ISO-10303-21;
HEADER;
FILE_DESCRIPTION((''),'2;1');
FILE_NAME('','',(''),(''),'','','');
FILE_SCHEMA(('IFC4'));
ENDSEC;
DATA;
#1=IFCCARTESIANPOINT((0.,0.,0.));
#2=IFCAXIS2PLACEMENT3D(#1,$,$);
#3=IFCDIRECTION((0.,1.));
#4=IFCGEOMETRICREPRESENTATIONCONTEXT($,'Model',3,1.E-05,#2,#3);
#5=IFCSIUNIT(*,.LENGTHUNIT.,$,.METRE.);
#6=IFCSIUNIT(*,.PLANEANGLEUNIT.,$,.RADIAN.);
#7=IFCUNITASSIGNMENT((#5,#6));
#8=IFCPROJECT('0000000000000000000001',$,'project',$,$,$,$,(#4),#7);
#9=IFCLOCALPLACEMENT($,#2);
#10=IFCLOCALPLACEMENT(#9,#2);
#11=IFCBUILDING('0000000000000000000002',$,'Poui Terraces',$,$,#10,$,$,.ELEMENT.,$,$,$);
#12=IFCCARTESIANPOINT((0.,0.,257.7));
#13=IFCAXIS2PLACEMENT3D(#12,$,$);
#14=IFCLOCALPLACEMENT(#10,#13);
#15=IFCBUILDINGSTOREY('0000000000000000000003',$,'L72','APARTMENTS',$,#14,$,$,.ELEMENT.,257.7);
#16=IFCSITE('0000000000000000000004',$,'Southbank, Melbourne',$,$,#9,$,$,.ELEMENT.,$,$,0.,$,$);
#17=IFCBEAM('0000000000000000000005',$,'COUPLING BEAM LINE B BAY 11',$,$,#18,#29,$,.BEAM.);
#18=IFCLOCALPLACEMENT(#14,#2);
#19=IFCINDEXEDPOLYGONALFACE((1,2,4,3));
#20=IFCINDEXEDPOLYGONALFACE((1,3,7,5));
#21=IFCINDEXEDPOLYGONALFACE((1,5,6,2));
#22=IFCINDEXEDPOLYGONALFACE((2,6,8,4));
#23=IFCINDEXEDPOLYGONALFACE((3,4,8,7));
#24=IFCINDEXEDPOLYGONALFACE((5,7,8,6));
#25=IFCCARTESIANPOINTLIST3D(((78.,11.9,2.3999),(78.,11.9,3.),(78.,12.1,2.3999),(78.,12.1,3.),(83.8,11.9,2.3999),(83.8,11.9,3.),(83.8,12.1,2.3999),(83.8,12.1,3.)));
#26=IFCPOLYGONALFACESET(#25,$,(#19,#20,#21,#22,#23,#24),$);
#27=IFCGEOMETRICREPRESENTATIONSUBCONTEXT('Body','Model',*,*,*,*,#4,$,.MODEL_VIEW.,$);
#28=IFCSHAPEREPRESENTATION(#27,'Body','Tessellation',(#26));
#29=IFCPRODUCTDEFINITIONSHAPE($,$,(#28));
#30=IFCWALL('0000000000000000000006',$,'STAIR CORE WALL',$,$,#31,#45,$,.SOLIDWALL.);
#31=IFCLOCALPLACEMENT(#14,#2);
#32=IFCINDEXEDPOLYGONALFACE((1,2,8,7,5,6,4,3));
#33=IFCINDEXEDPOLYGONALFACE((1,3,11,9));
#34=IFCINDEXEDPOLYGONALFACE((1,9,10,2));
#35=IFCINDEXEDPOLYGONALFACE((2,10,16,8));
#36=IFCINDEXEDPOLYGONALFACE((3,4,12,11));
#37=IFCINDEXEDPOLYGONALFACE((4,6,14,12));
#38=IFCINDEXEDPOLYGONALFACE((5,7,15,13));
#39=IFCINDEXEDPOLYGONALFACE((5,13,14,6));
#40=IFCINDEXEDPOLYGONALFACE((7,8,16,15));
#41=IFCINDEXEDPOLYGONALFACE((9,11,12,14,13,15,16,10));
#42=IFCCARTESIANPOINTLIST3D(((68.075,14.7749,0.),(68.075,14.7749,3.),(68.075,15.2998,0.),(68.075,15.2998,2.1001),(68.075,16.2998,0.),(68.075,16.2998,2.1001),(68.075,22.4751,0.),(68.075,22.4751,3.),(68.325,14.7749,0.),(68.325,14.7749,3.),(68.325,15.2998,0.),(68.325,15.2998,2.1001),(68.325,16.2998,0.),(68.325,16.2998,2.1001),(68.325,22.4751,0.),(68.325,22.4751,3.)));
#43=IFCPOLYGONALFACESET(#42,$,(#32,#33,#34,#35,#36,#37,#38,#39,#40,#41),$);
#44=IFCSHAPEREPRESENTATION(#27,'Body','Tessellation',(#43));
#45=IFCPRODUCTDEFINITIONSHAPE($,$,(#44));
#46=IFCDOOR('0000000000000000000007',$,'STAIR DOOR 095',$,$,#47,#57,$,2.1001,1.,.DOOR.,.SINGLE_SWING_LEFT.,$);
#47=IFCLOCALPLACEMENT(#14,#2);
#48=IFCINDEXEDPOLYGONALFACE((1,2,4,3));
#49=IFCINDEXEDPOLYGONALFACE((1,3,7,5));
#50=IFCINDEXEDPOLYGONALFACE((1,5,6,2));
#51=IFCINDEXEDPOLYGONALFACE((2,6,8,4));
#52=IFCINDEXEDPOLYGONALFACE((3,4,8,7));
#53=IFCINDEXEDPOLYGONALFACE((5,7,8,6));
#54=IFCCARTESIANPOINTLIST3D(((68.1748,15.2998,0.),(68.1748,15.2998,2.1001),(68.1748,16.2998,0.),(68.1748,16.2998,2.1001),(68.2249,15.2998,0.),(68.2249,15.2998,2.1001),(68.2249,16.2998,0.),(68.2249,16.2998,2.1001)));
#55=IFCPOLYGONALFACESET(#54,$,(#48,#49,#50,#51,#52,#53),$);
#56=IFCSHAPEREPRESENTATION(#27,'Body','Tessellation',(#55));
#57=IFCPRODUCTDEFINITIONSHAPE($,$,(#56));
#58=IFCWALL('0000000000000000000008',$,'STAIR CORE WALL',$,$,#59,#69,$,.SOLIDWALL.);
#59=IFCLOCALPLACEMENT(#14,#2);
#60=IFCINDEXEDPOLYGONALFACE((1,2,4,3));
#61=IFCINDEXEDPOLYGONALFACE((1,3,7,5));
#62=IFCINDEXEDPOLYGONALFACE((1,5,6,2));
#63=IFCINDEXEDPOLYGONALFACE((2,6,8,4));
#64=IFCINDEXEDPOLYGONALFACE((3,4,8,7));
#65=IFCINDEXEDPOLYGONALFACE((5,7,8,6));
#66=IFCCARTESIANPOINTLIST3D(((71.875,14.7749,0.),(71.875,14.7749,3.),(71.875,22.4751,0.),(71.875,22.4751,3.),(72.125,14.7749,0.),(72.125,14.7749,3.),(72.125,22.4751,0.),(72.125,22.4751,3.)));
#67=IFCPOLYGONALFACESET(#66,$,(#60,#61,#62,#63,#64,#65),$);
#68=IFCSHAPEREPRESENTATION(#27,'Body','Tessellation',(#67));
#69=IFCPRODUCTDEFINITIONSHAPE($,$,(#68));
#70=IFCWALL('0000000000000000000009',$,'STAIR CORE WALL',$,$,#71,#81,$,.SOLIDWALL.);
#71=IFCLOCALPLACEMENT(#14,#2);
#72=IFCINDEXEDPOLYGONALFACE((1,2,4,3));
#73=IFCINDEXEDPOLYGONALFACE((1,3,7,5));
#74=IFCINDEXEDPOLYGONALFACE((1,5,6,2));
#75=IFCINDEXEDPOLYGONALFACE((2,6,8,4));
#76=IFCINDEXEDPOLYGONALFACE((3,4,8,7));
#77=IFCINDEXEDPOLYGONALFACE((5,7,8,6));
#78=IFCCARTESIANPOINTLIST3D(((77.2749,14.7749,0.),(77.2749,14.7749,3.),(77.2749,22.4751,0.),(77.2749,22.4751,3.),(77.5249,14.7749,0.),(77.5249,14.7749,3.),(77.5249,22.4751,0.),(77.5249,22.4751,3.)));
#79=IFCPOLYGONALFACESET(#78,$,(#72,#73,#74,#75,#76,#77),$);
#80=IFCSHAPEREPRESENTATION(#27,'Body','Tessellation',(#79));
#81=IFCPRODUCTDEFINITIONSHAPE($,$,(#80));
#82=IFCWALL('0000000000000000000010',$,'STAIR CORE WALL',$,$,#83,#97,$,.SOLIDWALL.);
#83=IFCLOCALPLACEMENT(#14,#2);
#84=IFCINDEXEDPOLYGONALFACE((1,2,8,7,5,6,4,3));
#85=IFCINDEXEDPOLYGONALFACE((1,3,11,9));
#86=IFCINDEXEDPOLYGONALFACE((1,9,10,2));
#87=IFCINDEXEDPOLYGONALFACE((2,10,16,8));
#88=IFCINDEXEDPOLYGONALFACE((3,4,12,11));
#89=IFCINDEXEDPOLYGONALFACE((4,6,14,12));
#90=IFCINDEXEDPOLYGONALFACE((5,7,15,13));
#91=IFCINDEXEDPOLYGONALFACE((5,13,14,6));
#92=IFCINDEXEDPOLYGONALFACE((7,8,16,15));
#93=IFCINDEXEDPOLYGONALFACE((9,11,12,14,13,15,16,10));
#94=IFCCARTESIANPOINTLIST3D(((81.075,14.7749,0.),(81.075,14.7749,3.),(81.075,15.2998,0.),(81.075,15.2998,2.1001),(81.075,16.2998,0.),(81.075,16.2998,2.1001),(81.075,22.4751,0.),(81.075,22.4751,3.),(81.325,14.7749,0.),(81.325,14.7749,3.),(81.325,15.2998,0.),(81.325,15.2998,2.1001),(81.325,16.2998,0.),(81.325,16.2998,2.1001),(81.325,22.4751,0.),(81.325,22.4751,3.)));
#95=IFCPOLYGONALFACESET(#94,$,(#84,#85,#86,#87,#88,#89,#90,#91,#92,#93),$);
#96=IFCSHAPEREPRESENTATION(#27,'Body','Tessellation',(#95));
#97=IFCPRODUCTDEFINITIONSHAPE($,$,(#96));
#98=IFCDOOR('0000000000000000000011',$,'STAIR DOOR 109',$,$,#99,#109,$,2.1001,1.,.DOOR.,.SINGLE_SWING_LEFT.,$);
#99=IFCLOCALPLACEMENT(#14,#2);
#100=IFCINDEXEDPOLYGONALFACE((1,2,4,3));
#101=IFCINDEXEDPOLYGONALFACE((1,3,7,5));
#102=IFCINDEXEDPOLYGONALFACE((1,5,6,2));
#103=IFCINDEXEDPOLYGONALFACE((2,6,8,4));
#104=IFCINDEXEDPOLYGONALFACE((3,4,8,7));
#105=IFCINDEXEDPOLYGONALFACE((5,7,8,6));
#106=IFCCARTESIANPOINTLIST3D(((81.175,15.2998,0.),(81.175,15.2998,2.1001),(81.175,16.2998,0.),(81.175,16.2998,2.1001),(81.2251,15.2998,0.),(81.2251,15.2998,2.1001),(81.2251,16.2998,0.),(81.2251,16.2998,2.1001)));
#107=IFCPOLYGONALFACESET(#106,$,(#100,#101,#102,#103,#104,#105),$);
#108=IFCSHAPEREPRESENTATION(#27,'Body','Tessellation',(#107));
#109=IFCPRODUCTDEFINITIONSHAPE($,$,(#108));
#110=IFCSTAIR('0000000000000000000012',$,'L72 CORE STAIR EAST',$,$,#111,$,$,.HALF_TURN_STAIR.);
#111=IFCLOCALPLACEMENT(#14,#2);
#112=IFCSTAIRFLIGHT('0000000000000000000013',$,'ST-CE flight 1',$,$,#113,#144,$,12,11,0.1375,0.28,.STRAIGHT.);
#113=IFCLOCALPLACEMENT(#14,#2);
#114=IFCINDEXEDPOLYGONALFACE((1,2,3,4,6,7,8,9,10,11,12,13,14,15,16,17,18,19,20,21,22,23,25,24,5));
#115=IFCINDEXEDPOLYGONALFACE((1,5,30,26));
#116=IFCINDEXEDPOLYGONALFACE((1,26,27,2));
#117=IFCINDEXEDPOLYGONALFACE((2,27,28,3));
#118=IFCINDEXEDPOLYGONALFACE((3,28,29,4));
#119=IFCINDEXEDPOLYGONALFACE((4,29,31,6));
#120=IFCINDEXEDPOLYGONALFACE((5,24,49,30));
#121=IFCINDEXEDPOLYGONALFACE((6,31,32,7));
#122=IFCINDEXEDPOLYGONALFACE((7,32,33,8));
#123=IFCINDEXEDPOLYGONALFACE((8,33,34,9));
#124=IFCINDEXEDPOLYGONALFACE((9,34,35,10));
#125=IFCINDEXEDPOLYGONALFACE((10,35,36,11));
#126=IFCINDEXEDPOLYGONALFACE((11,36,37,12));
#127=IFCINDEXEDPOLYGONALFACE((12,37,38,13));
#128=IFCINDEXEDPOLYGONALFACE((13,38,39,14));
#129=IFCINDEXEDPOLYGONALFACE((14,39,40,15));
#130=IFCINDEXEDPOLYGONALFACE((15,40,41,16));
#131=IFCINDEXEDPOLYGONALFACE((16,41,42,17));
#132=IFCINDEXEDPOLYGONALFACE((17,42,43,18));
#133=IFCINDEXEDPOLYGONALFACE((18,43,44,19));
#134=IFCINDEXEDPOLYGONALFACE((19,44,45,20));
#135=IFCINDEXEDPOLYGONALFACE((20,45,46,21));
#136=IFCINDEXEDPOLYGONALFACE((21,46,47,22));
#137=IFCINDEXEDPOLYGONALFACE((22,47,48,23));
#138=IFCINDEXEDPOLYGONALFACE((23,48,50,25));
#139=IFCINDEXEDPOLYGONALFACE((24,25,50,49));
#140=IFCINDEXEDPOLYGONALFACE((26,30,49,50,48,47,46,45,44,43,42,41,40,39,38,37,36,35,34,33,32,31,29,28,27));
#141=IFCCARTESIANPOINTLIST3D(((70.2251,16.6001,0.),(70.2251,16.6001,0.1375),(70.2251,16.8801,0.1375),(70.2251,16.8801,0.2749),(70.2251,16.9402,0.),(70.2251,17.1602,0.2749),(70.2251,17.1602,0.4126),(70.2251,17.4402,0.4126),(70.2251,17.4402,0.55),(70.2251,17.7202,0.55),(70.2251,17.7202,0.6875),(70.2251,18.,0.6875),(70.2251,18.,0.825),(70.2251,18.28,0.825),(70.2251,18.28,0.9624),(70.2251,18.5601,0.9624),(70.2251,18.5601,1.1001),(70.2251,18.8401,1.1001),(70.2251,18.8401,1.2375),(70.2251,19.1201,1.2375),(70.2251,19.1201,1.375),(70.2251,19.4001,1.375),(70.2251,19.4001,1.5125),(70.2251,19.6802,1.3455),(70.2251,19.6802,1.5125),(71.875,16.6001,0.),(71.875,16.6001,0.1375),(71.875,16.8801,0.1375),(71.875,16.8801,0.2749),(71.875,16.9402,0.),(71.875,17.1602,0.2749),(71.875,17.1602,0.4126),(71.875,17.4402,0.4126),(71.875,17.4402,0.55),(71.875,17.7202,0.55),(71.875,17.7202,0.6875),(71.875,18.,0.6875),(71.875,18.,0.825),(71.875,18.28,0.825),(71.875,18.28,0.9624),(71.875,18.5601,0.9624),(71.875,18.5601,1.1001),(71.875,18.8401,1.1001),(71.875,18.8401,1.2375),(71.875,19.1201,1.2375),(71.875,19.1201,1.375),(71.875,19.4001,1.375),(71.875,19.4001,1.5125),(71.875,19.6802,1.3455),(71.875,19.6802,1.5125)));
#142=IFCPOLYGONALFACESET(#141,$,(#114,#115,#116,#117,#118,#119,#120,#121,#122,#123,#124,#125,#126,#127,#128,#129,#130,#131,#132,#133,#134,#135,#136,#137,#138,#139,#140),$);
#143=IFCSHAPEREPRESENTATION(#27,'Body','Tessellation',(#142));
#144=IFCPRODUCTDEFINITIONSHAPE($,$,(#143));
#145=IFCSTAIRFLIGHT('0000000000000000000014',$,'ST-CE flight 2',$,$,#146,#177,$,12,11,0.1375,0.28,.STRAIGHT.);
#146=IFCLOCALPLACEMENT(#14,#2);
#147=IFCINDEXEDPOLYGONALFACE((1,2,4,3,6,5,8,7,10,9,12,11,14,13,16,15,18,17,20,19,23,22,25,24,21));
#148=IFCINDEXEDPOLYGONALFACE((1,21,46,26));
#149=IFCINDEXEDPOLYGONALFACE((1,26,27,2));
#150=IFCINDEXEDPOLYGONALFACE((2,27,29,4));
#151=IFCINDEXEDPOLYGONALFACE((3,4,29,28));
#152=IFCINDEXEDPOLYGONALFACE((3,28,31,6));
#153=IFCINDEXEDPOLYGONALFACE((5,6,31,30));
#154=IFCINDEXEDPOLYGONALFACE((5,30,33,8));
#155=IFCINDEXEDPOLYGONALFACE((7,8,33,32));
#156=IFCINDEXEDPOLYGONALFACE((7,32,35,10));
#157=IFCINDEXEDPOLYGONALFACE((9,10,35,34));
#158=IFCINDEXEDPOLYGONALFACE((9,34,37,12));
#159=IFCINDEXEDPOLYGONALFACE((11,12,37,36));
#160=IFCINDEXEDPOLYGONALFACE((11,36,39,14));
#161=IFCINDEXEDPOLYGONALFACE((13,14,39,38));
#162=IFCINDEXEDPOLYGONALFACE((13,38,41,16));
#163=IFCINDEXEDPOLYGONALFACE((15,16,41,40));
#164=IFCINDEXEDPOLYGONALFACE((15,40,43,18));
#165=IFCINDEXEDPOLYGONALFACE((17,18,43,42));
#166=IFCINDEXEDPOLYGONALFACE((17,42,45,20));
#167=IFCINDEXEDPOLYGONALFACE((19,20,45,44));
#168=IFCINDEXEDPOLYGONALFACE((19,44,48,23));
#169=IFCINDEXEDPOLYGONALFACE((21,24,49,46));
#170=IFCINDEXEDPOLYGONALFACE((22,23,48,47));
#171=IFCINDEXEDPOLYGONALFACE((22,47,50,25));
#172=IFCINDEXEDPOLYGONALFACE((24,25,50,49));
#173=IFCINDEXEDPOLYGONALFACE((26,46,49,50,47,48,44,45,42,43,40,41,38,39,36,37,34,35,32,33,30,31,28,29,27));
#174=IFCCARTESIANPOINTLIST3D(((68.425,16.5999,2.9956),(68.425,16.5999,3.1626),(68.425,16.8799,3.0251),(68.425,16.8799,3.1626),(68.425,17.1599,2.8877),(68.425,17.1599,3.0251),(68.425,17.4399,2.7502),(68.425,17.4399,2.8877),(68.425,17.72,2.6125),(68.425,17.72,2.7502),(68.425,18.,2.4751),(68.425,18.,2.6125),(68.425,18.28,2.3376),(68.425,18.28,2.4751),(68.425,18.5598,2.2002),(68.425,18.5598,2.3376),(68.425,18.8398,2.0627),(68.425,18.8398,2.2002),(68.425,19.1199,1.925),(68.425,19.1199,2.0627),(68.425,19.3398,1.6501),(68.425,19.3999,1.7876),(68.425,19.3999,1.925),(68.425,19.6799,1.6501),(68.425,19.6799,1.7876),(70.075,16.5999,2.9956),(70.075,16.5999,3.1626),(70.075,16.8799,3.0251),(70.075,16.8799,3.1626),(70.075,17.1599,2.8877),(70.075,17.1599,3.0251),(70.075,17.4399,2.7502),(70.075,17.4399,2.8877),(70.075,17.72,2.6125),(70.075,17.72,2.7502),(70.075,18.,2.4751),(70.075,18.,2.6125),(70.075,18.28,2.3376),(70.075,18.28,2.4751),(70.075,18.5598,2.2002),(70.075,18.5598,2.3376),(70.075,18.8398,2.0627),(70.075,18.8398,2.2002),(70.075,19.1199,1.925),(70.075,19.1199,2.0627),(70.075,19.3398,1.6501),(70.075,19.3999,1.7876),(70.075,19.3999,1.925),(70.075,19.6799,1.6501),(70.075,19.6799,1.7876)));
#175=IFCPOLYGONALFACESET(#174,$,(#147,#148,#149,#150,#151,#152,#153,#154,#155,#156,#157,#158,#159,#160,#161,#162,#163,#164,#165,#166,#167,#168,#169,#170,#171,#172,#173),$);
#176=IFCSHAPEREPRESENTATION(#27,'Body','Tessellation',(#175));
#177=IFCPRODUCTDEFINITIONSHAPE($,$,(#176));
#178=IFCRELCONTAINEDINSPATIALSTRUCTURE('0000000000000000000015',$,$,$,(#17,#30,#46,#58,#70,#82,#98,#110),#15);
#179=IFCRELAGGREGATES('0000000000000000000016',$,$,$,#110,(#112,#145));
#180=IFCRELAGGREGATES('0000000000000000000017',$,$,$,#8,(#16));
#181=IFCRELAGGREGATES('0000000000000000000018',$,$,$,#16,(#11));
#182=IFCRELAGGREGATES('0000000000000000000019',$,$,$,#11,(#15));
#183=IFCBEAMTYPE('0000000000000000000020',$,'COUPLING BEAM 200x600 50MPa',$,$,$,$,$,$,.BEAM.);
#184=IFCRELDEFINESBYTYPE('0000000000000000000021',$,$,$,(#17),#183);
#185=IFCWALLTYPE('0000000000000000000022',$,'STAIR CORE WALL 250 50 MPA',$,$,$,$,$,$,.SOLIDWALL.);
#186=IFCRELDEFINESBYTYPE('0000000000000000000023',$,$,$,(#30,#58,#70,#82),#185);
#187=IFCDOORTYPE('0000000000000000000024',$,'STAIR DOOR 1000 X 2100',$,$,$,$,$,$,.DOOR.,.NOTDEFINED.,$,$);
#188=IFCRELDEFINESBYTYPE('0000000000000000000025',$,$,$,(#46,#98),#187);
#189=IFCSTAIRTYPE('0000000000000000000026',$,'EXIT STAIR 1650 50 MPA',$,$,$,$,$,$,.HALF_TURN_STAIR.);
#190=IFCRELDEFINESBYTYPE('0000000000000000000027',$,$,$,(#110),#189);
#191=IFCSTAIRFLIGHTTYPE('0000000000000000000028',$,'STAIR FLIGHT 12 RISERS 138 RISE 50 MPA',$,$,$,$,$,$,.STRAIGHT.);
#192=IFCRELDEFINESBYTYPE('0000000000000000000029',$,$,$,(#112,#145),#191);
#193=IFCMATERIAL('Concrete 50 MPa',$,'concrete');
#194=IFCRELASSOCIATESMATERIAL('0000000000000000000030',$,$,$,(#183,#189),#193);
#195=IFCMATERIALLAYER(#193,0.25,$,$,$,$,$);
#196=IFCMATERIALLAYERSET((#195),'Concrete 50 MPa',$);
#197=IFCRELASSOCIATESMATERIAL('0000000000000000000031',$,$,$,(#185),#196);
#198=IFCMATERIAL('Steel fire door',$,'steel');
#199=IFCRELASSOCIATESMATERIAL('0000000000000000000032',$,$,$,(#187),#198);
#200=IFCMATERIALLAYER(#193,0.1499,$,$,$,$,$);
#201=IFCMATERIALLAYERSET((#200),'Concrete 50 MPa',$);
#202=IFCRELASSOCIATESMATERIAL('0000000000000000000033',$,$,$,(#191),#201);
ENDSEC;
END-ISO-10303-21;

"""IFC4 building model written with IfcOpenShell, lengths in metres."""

from ifc_helpers import new_model, si_unit, direction, frame, frame_2d, origin, origin_2d, place, context, subcontext, project, spatial, polyline, rectangle, outline, extrude, source, transform, mapped, material, layer, layer_set, material_profile, profile_set, type_object, element, fill, aggregate, save


model = new_model("IFC4")

# Units and contexts
model_context = context("Model", 3, precision=1e-05, world=origin(), true_north=direction((0.0, 1.0)))
body_context = subcontext(model_context, "Body", "Model", "MODEL_VIEW")
ifc_project = project(units=[si_unit("LENGTHUNIT", "METRE"), si_unit("PLANEANGLEUNIT", "RADIAN")], contexts=[model_context])

# Site, building, storey
site_placement = place(None, origin())
site = spatial("IfcSite", under=ifc_project, at=site_placement, Name="Southbank, Melbourne", CompositionType="ELEMENT", RefElevation=0.0)
building_placement = place(site_placement, origin())
building = spatial("IfcBuilding", under=site, at=building_placement, Name="Poui Terraces", CompositionType="ELEMENT")
storey_placement = place(building_placement, frame((0.0, 0.0, 257.7)))
storey = spatial("IfcBuildingStorey", under=building, at=storey_placement, Name="L72", Description="APARTMENTS", CompositionType="ELEMENT", Elevation=257.7)

# Beam
ifc_material_1 = material(Name="Concrete 50 MPa", Category="concrete")
ifc_material_profile = material_profile(ifc_material_1, rectangle(XDim=0.2, YDim=0.6001, at=origin_2d()), Name="RC 200x600")
ifc_profile_set = profile_set([ifc_material_profile], Name="Concrete 50 MPa")
beam_type = type_object("IfcBeamType", Name="COUPLING BEAM 200x600 50MPa", PredefinedType="BEAM", material=ifc_profile_set)
shared_shape = source(origin(), body_context, "Body", "SweptSolid", [
    extrude(rectangle(XDim=0.2, YDim=0.6001, at=origin_2d()), origin(), (0.0, 0.0, 1.0), 5.8),
])
beam_placement = place(storey_placement, frame((78.0, 12.0, 2.7), z_axis=(1.0, 0.0, 0.0), x_axis=(0.0, 1.0, 0.0)))
element("IfcBeam", 1, at=beam_placement, inside=storey, type_object=beam_type, Name="COUPLING BEAM LINE B BAY 11", PredefinedType="BEAM", context=body_context, shape_type="MappedRepresentation", body=[
    mapped(shared_shape, transform((0.0, 0.0, 0.0))),
])

# Wall, opening, door
ifc_layer_1 = layer(ifc_material_1, 0.25)
ifc_layer_set_1 = layer_set([ifc_layer_1], Name="Concrete 50 MPa")
wall_type = type_object("IfcWallType", Name="STAIR CORE WALL 250 50 MPA", PredefinedType="SOLIDWALL", material=ifc_layer_set_1)
wall_1_placement = place(storey_placement, frame((68.2, 14.7749, 0.0), z_axis=(0.0, 0.0, 1.0), x_axis=(0.0, 1.0, 0.0)))
wall_1 = element("IfcWall", 2, at=wall_1_placement, inside=storey, type_object=wall_type, Name="STAIR CORE WALL", PredefinedType="SOLIDWALL", context=body_context, shape_type="SweptSolid", body=[
    extrude(rectangle(XDim=7.7002, YDim=0.25, at=frame_2d((3.8501, 0.0))), origin(), (0.0, 0.0, 1.0), 3.0),
])
opening_1_placement = place(wall_1_placement, frame((0.5249, 0.0, 0.0)))
opening_1 = element("IfcOpeningElement", 3, at=opening_1_placement, cuts=wall_1, PredefinedType="OPENING", context=body_context, shape_type="SweptSolid", body=[
    extrude(rectangle(XDim=1.0, YDim=2.1001, at=frame_2d((0.5, 1.05))), frame((0.0, 0.135, 0.0), z_axis=(0.0, -1.0, 0.0), x_axis=(1.0, 0.0, 0.0)), (0.0, 0.0, 1.0), 0.27),
])
ifc_material_2 = material(Name="Steel fire door", Category="steel")
door_type = type_object("IfcDoorType", Name="STAIR DOOR 1000 X 2100", OperationType="NOTDEFINED", PredefinedType="DOOR", material=ifc_material_2)
door_1_placement = place(opening_1_placement, frame((1.0, 0.0, 0.0), z_axis=(0.0, 0.0, 1.0), x_axis=(-1.0, 0.0, 0.0)))
door_1 = element("IfcDoor", 4, at=door_1_placement, inside=storey, type_object=door_type, Name="STAIR DOOR 095", OperationType="SINGLE_SWING_LEFT", OverallHeight=2.1001, OverallWidth=1.0, PredefinedType="DOOR", context=body_context, shape_type="SweptSolid", body=[
    extrude(rectangle(XDim=1.0, YDim=2.1001, at=frame_2d((0.5, 1.05))), frame((0.0, 0.0249, 0.0), z_axis=(0.0, -1.0, 0.0), x_axis=(1.0, 0.0, 0.0)), (0.0, 0.0, 1.0), 0.05),
])
fill(opening_1, door_1)

# Walls
for number, where, z_axis, x_axis, name in (
    (5, (72.0, 14.7749, 0.0), (0.0, 0.0, 1.0), (0.0, 1.0, 0.0), "STAIR CORE WALL"),
    (6, (77.3999, 14.7749, 0.0), (0.0, 0.0, 1.0), (0.0, 1.0, 0.0), "STAIR CORE WALL"),
):
    element("IfcWall", number, at=place(storey_placement, frame(where, z_axis=z_axis, x_axis=x_axis)), inside=storey, type_object=wall_type, Name=name, PredefinedType="SOLIDWALL", context=body_context, shape_type="SweptSolid", body=[
        extrude(rectangle(XDim=7.7002, YDim=0.25, at=frame_2d((3.8501, 0.0))), origin(), (0.0, 0.0, 1.0), 3.0),
    ])

# Wall, opening, door
wall_2_placement = place(storey_placement, frame((81.2, 14.7749, 0.0), z_axis=(0.0, 0.0, 1.0), x_axis=(0.0, 1.0, 0.0)))
wall_2 = element("IfcWall", 7, at=wall_2_placement, inside=storey, type_object=wall_type, Name="STAIR CORE WALL", PredefinedType="SOLIDWALL", context=body_context, shape_type="SweptSolid", body=[
    extrude(rectangle(XDim=7.7002, YDim=0.25, at=frame_2d((3.8501, 0.0))), origin(), (0.0, 0.0, 1.0), 3.0),
])
opening_2_placement = place(wall_2_placement, frame((0.5249, 0.0, 0.0)))
opening_2 = element("IfcOpeningElement", 8, at=opening_2_placement, cuts=wall_2, PredefinedType="OPENING", context=body_context, shape_type="SweptSolid", body=[
    extrude(rectangle(XDim=1.0, YDim=2.1001, at=frame_2d((0.5, 1.05))), frame((0.0, 0.135, 0.0), z_axis=(0.0, -1.0, 0.0), x_axis=(1.0, 0.0, 0.0)), (0.0, 0.0, 1.0), 0.27),
])
door_2_placement = place(opening_2_placement, origin())
door_2 = element("IfcDoor", 9, at=door_2_placement, inside=storey, type_object=door_type, Name="STAIR DOOR 109", OperationType="SINGLE_SWING_LEFT", OverallHeight=2.1001, OverallWidth=1.0, PredefinedType="DOOR", context=body_context, shape_type="SweptSolid", body=[
    extrude(rectangle(XDim=1.0, YDim=2.1001, at=frame_2d((0.5, 1.05))), frame((0.0, 0.0249, 0.0), z_axis=(0.0, -1.0, 0.0), x_axis=(1.0, 0.0, 0.0)), (0.0, 0.0, 1.0), 0.05),
])
fill(opening_2, door_2)

# Stair, stair flights
stair_type = type_object("IfcStairType", Name="EXIT STAIR 1650 50 MPA", PredefinedType="HALF_TURN_STAIR", material=ifc_material_1)
stair_1_placement = place(storey_placement, origin())
stair_1 = element("IfcStair", 10, at=stair_1_placement, inside=storey, type_object=stair_type, Name="L72 CORE STAIR EAST", PredefinedType="HALF_TURN_STAIR")
ifc_layer_2 = layer(ifc_material_1, 0.1499)
ifc_layer_set_2 = layer_set([ifc_layer_2], Name="Concrete 50 MPa")
stair_flight_type = type_object("IfcStairFlightType", Name="STAIR FLIGHT 12 RISERS 138 RISE 50 MPA", PredefinedType="STRAIGHT", material=ifc_layer_set_2)
stair_flight_1_placement = place(storey_placement, frame((71.05, 16.6001, 0.0), z_axis=(0.0, 0.0, 1.0), x_axis=(0.0, 1.0, 0.0)))
stair_flight_1 = element("IfcStairFlight", 11, at=stair_flight_1_placement, type_object=stair_flight_type, Name="ST-CE flight 1", NumberOfRisers=12, NumberOfTreads=11, PredefinedType="STRAIGHT", RiserHeight=0.1375, TreadLength=0.28, context=body_context, shape_type="SweptSolid", body=[
    extrude(outline(polyline([(0.0, 0.0), (0.0, 0.1375), (0.28, 0.1375), (0.28, 0.2749), (0.5601, 0.2749), (0.5601, 0.4126), (0.8401, 0.4126), (0.8401, 0.55), (1.1201, 0.55), (1.1201, 0.6875), (1.3999, 0.6875), (1.3999, 0.825), (1.6799, 0.825), (1.6799, 0.9624), (1.96, 0.9624), (1.96, 1.1001), (2.24, 1.1001), (2.24, 1.2375), (2.52, 1.2375), (2.52, 1.375), (2.8, 1.375), (2.8, 1.5125), (3.0801, 1.5125), (3.0801, 1.6499), (3.0801, 1.3455), (0.3401, 0.0), (0.0, 0.0)])), frame((0.0, 0.825, 0.0), z_axis=(0.0, -1.0, 0.0), x_axis=(1.0, 0.0, 0.0)), (0.0, 0.0, 1.0), 1.6499),
])
stair_flight_2_placement = place(storey_placement, frame((69.25, 19.6799, 1.6501), z_axis=(0.0, 0.0, 1.0), x_axis=(0.0, -1.0, 0.0)))
stair_flight_2 = element("IfcStairFlight", 12, at=stair_flight_2_placement, type_object=stair_flight_type, Name="ST-CE flight 2", NumberOfRisers=12, NumberOfTreads=11, PredefinedType="STRAIGHT", RiserHeight=0.1375, TreadLength=0.28, context=body_context, shape_type="SweptSolid", body=[
    extrude(outline(polyline([(0.0, 0.0), (0.0, 0.1375), (0.28, 0.1375), (0.28, 0.2749), (0.5601, 0.2749), (0.5601, 0.4126), (0.8401, 0.4126), (0.8401, 0.55), (1.1201, 0.55), (1.1201, 0.6875), (1.3999, 0.6875), (1.3999, 0.825), (1.6799, 0.825), (1.6799, 0.9624), (1.96, 0.9624), (1.96, 1.1001), (2.24, 1.1001), (2.24, 1.2375), (2.52, 1.2375), (2.52, 1.375), (2.8, 1.375), (2.8, 1.5125), (3.0801, 1.5125), (3.0801, 1.6499), (3.0801, 1.3455), (0.3401, 0.0), (0.0, 0.0)])), frame((0.0, 0.825, 0.0), z_axis=(0.0, -1.0, 0.0), x_axis=(1.0, 0.0, 0.0)), (0.0, 0.0, 1.0), 1.6499),
])
aggregate(stair_1, [stair_flight_1, stair_flight_2])

save(model, "model.ifc")
